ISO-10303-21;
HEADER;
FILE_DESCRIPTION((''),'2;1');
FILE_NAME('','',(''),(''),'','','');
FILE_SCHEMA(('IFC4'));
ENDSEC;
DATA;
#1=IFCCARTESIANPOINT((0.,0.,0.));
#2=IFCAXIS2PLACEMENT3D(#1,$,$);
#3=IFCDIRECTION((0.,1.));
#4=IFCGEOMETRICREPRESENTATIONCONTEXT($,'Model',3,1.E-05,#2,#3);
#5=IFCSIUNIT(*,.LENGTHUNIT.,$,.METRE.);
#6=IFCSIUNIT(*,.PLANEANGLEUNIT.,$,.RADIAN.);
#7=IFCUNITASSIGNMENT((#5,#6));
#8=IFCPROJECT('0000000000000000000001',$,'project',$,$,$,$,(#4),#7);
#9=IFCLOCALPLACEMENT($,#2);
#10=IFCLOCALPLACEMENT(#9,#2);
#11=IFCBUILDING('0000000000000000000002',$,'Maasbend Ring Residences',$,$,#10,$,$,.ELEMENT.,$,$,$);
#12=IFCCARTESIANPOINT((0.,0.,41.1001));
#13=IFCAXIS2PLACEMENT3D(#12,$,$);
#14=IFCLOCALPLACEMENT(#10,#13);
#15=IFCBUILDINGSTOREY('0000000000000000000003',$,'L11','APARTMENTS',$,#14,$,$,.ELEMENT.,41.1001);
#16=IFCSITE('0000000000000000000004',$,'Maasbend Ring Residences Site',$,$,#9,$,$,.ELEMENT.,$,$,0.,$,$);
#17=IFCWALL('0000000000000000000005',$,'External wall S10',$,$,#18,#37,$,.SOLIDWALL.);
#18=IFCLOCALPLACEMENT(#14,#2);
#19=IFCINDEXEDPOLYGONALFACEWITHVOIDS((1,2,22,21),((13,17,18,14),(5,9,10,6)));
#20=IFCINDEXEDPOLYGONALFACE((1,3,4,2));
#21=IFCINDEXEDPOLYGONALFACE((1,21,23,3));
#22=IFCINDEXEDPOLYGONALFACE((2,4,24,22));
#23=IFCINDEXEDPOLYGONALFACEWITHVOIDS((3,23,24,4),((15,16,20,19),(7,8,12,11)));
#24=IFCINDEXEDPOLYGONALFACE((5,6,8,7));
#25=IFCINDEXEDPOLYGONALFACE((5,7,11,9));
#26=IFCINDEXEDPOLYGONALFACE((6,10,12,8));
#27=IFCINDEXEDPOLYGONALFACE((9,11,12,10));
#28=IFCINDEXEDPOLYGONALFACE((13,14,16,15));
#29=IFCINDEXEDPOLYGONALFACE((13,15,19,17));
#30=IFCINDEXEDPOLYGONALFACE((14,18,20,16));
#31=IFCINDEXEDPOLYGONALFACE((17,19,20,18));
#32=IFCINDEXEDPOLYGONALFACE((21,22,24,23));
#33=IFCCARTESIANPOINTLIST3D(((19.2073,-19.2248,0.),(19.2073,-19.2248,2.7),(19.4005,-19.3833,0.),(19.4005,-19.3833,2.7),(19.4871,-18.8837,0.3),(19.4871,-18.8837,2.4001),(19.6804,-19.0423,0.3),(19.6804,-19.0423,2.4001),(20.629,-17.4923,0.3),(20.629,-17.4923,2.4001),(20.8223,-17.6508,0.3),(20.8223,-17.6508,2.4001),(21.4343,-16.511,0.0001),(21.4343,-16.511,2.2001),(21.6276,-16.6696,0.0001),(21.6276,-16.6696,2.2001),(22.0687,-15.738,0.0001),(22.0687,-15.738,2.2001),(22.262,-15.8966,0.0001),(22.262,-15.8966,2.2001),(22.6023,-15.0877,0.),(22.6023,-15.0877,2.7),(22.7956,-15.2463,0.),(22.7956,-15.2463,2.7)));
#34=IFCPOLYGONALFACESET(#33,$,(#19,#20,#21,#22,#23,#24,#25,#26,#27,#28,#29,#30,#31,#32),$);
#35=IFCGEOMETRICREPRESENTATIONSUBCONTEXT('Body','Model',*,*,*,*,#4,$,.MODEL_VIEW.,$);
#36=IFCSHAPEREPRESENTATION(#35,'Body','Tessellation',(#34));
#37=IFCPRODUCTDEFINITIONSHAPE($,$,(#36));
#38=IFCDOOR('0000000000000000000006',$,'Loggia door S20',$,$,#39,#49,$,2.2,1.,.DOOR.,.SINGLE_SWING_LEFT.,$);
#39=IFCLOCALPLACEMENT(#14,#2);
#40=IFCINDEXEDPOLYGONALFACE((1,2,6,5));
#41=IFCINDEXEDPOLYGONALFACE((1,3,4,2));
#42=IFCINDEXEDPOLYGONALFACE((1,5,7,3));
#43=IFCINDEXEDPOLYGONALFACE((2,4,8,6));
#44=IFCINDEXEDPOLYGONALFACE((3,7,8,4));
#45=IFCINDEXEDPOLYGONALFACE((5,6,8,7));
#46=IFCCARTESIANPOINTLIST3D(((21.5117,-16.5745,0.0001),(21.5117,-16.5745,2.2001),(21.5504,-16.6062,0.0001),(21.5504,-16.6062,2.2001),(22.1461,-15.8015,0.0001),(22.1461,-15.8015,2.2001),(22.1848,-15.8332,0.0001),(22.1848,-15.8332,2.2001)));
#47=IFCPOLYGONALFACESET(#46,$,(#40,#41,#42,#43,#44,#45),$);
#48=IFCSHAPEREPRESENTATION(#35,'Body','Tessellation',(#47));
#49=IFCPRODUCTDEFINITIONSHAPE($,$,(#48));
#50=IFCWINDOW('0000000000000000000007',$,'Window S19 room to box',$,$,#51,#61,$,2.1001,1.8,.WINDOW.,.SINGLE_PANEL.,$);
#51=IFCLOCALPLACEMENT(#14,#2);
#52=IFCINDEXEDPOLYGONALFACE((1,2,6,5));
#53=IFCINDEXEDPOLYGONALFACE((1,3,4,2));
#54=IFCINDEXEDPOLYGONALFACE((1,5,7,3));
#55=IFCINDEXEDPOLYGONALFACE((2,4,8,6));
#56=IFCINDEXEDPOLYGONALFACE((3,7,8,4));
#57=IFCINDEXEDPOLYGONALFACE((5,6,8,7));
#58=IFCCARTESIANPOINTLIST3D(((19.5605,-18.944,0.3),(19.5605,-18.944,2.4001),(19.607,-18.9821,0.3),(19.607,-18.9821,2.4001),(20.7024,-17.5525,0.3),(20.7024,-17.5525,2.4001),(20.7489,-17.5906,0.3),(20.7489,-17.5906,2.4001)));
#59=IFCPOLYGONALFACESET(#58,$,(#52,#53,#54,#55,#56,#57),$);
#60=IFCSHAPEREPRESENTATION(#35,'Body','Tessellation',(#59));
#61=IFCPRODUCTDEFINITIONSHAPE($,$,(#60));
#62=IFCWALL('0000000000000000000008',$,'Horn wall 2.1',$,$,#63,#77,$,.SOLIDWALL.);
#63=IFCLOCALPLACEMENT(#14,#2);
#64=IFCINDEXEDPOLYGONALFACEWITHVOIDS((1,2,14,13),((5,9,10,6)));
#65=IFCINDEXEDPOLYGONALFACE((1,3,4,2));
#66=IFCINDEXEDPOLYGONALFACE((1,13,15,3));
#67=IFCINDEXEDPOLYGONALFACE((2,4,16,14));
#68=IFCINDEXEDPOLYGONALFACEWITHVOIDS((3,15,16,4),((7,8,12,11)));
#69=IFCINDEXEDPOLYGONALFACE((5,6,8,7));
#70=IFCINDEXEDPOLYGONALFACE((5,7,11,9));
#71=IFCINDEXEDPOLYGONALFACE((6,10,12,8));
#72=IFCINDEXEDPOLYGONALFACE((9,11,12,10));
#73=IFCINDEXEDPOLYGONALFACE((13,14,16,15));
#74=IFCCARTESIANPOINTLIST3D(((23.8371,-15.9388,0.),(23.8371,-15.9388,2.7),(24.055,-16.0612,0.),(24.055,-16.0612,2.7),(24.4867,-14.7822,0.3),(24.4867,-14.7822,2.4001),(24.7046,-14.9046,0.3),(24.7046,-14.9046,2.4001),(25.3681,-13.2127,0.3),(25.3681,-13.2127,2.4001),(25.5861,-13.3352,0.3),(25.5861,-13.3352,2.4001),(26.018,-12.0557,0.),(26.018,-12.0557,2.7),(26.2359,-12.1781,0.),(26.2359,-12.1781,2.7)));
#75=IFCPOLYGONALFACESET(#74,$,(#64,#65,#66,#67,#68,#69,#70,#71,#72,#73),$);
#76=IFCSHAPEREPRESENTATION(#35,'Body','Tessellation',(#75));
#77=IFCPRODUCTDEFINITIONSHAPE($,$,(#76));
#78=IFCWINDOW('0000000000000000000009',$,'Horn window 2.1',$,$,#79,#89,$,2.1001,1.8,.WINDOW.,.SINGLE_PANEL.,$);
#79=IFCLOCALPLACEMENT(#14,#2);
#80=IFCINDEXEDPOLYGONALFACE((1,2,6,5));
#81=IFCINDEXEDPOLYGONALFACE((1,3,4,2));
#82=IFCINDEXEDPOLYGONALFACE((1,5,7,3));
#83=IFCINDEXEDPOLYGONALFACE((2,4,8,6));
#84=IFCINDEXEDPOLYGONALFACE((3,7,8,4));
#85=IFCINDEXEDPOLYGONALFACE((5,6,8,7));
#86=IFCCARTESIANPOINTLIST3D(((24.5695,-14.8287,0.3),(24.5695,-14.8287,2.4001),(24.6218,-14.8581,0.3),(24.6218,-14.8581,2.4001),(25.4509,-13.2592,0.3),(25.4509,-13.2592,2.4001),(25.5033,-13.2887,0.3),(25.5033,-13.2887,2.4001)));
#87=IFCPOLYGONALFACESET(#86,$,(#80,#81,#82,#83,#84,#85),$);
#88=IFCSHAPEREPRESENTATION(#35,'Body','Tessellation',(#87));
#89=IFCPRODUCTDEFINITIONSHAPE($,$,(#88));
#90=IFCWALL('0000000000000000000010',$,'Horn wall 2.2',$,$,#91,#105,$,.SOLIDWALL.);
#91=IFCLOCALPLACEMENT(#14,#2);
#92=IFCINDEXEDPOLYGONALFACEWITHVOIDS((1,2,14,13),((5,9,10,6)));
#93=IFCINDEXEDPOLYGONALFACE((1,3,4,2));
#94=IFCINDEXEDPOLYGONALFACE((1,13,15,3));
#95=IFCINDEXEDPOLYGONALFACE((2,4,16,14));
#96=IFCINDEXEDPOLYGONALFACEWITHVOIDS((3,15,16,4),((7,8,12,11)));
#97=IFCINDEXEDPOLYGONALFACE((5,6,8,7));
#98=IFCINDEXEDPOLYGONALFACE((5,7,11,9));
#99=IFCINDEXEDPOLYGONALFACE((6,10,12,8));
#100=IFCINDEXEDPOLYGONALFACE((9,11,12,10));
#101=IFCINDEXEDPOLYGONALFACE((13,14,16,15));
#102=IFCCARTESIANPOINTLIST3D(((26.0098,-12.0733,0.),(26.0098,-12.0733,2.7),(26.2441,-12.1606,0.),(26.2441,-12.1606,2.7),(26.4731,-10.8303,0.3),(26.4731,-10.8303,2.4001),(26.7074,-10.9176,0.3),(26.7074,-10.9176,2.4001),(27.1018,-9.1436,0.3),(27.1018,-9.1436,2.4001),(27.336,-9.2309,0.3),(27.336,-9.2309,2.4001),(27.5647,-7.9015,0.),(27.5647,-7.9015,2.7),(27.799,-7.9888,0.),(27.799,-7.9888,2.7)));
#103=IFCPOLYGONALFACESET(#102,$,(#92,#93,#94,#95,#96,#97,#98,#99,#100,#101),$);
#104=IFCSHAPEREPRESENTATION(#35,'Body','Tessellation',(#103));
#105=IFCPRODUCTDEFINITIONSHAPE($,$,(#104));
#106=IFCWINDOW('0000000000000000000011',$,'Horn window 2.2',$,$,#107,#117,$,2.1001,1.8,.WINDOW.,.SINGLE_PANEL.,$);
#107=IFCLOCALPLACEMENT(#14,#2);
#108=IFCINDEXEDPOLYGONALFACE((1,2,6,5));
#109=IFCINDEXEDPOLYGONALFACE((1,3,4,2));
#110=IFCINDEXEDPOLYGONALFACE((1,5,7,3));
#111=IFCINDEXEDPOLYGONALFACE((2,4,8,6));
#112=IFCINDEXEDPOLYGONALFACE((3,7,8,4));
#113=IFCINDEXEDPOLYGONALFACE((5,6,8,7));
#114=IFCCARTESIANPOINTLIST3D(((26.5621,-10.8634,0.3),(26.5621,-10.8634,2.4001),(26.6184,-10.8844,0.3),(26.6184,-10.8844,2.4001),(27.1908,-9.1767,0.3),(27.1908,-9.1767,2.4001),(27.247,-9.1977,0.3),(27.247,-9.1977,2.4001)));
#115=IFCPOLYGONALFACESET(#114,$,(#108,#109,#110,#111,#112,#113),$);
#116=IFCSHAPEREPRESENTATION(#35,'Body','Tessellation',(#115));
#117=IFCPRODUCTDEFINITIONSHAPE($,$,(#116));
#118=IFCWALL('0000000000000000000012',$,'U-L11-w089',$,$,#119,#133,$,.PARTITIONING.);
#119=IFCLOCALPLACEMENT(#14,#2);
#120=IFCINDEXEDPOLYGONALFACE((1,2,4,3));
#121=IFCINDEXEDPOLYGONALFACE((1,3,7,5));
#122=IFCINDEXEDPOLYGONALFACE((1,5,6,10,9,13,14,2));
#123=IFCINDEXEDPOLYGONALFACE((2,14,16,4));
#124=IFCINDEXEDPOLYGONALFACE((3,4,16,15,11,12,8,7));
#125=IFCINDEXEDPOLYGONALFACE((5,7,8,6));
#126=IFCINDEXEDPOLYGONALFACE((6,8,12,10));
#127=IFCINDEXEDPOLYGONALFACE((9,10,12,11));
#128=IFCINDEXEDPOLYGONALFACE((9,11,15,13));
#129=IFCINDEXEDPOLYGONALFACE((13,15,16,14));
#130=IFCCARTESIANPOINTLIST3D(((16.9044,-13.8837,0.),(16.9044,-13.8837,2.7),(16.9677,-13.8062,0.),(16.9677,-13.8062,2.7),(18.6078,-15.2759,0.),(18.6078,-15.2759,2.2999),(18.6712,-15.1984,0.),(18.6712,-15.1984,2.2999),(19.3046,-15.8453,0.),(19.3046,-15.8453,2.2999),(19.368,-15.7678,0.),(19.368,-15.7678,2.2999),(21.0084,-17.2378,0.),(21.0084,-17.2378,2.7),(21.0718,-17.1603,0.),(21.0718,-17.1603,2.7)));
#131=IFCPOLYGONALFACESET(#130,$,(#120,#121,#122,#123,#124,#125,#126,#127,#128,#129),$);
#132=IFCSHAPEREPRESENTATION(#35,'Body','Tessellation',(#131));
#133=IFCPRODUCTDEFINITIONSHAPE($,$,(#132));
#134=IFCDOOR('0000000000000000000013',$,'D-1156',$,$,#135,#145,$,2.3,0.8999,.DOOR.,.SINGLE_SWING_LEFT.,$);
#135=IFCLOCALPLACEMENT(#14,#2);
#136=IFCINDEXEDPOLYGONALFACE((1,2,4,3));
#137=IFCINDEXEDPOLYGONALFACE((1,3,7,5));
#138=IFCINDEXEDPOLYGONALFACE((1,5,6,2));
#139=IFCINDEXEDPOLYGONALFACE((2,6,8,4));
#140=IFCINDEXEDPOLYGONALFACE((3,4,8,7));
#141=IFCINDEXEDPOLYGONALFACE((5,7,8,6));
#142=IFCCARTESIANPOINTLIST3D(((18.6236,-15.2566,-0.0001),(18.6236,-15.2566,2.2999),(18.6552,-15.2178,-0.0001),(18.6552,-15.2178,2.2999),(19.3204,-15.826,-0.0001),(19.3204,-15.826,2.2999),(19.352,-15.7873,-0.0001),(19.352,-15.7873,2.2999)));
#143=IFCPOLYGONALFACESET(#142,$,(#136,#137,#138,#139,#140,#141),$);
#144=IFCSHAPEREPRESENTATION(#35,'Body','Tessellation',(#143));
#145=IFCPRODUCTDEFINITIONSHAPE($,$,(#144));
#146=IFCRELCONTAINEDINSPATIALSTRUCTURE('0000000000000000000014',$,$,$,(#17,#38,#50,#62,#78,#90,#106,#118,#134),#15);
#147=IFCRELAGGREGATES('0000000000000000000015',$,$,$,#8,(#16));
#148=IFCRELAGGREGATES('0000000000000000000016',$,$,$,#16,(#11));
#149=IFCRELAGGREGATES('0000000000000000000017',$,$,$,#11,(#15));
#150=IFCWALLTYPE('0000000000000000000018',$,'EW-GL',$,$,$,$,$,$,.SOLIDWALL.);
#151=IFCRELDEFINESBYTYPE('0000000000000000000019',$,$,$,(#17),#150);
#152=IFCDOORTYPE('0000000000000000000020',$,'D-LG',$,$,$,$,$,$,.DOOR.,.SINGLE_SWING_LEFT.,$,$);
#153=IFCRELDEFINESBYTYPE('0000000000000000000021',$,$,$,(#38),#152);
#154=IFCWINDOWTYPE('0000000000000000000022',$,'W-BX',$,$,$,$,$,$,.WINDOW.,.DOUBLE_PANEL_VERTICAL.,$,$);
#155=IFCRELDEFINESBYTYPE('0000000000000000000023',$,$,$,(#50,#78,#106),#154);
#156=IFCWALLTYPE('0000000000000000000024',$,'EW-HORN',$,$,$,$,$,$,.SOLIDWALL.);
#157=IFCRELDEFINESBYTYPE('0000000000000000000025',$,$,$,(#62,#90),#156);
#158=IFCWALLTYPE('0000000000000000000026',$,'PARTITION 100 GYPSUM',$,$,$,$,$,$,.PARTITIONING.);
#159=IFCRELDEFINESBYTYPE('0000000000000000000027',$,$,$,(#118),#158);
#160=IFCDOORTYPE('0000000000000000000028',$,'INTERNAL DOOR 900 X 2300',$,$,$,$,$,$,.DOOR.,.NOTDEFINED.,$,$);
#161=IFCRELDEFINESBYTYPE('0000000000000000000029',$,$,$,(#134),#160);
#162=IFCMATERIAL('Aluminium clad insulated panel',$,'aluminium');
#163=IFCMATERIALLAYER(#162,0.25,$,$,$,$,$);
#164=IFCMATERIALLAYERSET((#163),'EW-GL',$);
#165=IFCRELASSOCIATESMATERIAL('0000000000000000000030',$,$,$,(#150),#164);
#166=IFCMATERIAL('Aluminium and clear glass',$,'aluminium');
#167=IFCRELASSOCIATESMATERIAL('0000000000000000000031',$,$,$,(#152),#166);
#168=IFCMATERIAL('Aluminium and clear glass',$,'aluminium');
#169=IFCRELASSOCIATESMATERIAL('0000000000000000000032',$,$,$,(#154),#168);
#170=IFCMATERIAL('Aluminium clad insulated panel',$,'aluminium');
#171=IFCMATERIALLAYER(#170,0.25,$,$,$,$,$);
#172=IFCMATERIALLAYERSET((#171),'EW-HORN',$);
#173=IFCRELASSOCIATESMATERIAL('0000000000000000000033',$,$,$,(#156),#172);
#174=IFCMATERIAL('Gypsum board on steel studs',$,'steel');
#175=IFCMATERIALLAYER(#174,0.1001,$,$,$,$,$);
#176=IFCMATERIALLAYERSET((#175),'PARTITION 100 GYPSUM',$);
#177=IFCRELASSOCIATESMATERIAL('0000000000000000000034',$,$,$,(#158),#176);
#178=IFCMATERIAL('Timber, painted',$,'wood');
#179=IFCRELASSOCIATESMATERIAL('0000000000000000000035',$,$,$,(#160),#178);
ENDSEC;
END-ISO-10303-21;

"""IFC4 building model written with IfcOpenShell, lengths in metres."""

from ifc_helpers import new_model, si_unit, direction, frame, frame_2d, origin, place, context, subcontext, project, spatial, rectangle, extrude, material, layer, layer_set, type_object, element, fill, save


model = new_model("IFC4")

# Units and contexts
model_context = context("Model", 3, precision=1e-05, world=origin(), true_north=direction((0.0, 1.0)))
body_context = subcontext(model_context, "Body", "Model", "MODEL_VIEW")
ifc_project = project(units=[si_unit("LENGTHUNIT", "METRE"), si_unit("PLANEANGLEUNIT", "RADIAN")], contexts=[model_context])

# Site, building, storey
site_placement = place(None, origin())
site = spatial("IfcSite", under=ifc_project, at=site_placement, Name="Maasbend Ring Residences Site", CompositionType="ELEMENT", RefElevation=0.0)
building_placement = place(site_placement, origin())
building = spatial("IfcBuilding", under=site, at=building_placement, Name="Maasbend Ring Residences", CompositionType="ELEMENT")
storey_placement = place(building_placement, frame((0.0, 0.0, 41.1001)))
storey = spatial("IfcBuildingStorey", under=building, at=storey_placement, Name="L11", Description="APARTMENTS", CompositionType="ELEMENT", Elevation=41.1001)

# Wall, openings, door, window
ifc_material_1 = material(Name="Aluminium clad insulated panel", Category="aluminium")
ifc_layer_1 = layer(ifc_material_1, 0.25)
ifc_layer_set_1 = layer_set([ifc_layer_1], Name="EW-GL")
wall_type_1 = type_object("IfcWallType", Name="EW-GL", PredefinedType="SOLIDWALL", material=ifc_layer_set_1)
wall_1_placement = place(storey_placement, frame((19.304, -19.304, 0.0), z_axis=(0.0, 0.0, 1.0), x_axis=(0.634382, 0.773019, 0.0)))
wall_1 = element("IfcWall", 1, at=wall_1_placement, inside=storey, type_object=wall_type_1, Name="External wall S10", PredefinedType="SOLIDWALL", context=body_context, shape_type="SweptSolid", body=[
    extrude(rectangle(XDim=5.3518, YDim=0.25, at=frame_2d((2.6758, 0.0))), origin(), (0.0, 0.0, 1.0), 2.7),
])
opening_1_placement = place(wall_1_placement, frame((0.4412, 0.0, 0.3)))
opening_1 = element("IfcOpeningElement", 2, at=opening_1_placement, cuts=wall_1, PredefinedType="OPENING", context=body_context, shape_type="SweptSolid", body=[
    extrude(rectangle(XDim=1.8, YDim=2.1001, at=frame_2d((0.8999, 1.05))), frame((0.0, 0.135, 0.0), z_axis=(0.0, -1.0, 0.0), x_axis=(1.0, 0.0, 0.0)), (0.0, 0.0, 1.0), 0.27),
])
opening_2_placement = place(wall_1_placement, frame((3.5105, 0.0, 0.0)))
opening_2 = element("IfcOpeningElement", 3, at=opening_2_placement, cuts=wall_1, PredefinedType="OPENING", context=body_context, shape_type="SweptSolid", body=[
    extrude(rectangle(XDim=1.0, YDim=2.2, at=frame_2d((0.5, 1.1001))), frame((0.0, 0.135, 0.0), z_axis=(0.0, -1.0, 0.0), x_axis=(1.0, 0.0, 0.0)), (0.0, 0.0, 1.0), 0.27),
])
ifc_material_2 = material(Name="Aluminium and clear glass", Category="aluminium")
door_type_1 = type_object("IfcDoorType", Name="D-LG", OperationType="SINGLE_SWING_LEFT", PredefinedType="DOOR", material=ifc_material_2)
door_1_placement = place(opening_2_placement, origin())
door_1 = element("IfcDoor", 4, at=door_1_placement, inside=storey, type_object=door_type_1, Name="Loggia door S20", OperationType="SINGLE_SWING_LEFT", OverallHeight=2.2, OverallWidth=1.0, PredefinedType="DOOR", context=body_context, shape_type="SweptSolid", body=[
    extrude(rectangle(XDim=1.0, YDim=2.2, at=frame_2d((0.5, 1.1001))), frame((0.0, 0.0249, 0.0), z_axis=(0.0, -1.0, 0.0), x_axis=(1.0, 0.0, 0.0)), (0.0, 0.0, 1.0), 0.05),
])
fill(opening_2, door_1)
ifc_material_3 = material(Name="Aluminium and clear glass", Category="aluminium")
window_type_1 = type_object("IfcWindowType", Name="W-BX", PartitioningType="DOUBLE_PANEL_VERTICAL", PredefinedType="WINDOW", material=ifc_material_3)
window_1_placement = place(opening_1_placement, origin())
window_1 = element("IfcWindow", 5, at=window_1_placement, inside=storey, type_object=window_type_1, Name="Window S19 room to box", OverallHeight=2.1001, OverallWidth=1.8, PartitioningType="SINGLE_PANEL", PredefinedType="WINDOW", context=body_context, shape_type="SweptSolid", body=[
    extrude(rectangle(XDim=1.8, YDim=2.1001, at=frame_2d((0.8999, 1.05))), frame((0.0, 0.03, 0.0), z_axis=(0.0, -1.0, 0.0), x_axis=(1.0, 0.0, 0.0)), (0.0, 0.0, 1.0), 0.0601),
])
fill(opening_1, window_1)

# Walls, openings, windows
ifc_material_4 = material(Name="Aluminium clad insulated panel", Category="aluminium")
ifc_layer_2 = layer(ifc_material_4, 0.25)
ifc_layer_set_2 = layer_set([ifc_layer_2], Name="EW-HORN")
wall_type_2 = type_object("IfcWallType", Name="EW-HORN", PredefinedType="SOLIDWALL", material=ifc_layer_set_2)
wall_2_placement = place(storey_placement, frame((23.946, -16.0, 0.0), z_axis=(0.0, 0.0, 1.0), x_axis=(0.489696, 0.871893, 0.0)))
wall_2 = element("IfcWall", 6, at=wall_2_placement, inside=storey, type_object=wall_type_2, Name="Horn wall 2.1", PredefinedType="SOLIDWALL", context=body_context, shape_type="SweptSolid", body=[
    extrude(rectangle(XDim=4.4536, YDim=0.25, at=frame_2d((2.2268, 0.0))), origin(), (0.0, 0.0, 1.0), 2.7),
])
opening_3_placement = place(wall_2_placement, frame((1.3267, 0.0, 0.3)))
opening_3 = element("IfcOpeningElement", 7, at=opening_3_placement, cuts=wall_2, PredefinedType="OPENING", context=body_context, shape_type="SweptSolid", body=[
    extrude(rectangle(XDim=1.8, YDim=2.1001, at=frame_2d((0.8999, 1.05))), frame((0.0, 0.135, 0.0), z_axis=(0.0, -1.0, 0.0), x_axis=(1.0, 0.0, 0.0)), (0.0, 0.0, 1.0), 0.27),
])
window_2_placement = place(opening_3_placement, origin())
window_2 = element("IfcWindow", 8, at=window_2_placement, inside=storey, type_object=window_type_1, Name="Horn window 2.1", OverallHeight=2.1001, OverallWidth=1.8, PartitioningType="SINGLE_PANEL", PredefinedType="WINDOW", context=body_context, shape_type="SweptSolid", body=[
    extrude(rectangle(XDim=1.8, YDim=2.1001, at=frame_2d((0.8999, 1.05))), frame((0.0, 0.03, 0.0), z_axis=(0.0, -1.0, 0.0), x_axis=(1.0, 0.0, 0.0)), (0.0, 0.0, 1.0), 0.0601),
])
fill(opening_3, window_2)
wall_3_placement = place(storey_placement, frame((26.127, -12.1169, 0.0), z_axis=(0.0, 0.0, 1.0), x_axis=(0.349248, 0.93703, 0.0)))
wall_3 = element("IfcWall", 9, at=wall_3_placement, inside=storey, type_object=wall_type_2, Name="Horn wall 2.2", PredefinedType="SOLIDWALL", context=body_context, shape_type="SweptSolid", body=[
    extrude(rectangle(XDim=4.4521, YDim=0.25, at=frame_2d((2.2261, 0.0))), origin(), (0.0, 0.0, 1.0), 2.7),
])
opening_4_placement = place(wall_3_placement, frame((1.3267, 0.0, 0.3)))
opening_4 = element("IfcOpeningElement", 10, at=opening_4_placement, cuts=wall_3, PredefinedType="OPENING", context=body_context, shape_type="SweptSolid", body=[
    extrude(rectangle(XDim=1.8, YDim=2.1001, at=frame_2d((0.8999, 1.05))), frame((0.0, 0.135, 0.0), z_axis=(0.0, -1.0, 0.0), x_axis=(1.0, 0.0, 0.0)), (0.0, 0.0, 1.0), 0.27),
])
window_3_placement = place(opening_4_placement, origin())
window_3 = element("IfcWindow", 11, at=window_3_placement, inside=storey, type_object=window_type_1, Name="Horn window 2.2", OverallHeight=2.1001, OverallWidth=1.8, PartitioningType="SINGLE_PANEL", PredefinedType="WINDOW", context=body_context, shape_type="SweptSolid", body=[
    extrude(rectangle(XDim=1.8, YDim=2.1001, at=frame_2d((0.8999, 1.05))), frame((0.0, 0.03, 0.0), z_axis=(0.0, -1.0, 0.0), x_axis=(1.0, 0.0, 0.0)), (0.0, 0.0, 1.0), 0.0601),
])
fill(opening_4, window_3)

# Wall, opening, door
ifc_material_5 = material(Name="Gypsum board on steel studs", Category="steel")
ifc_layer_3 = layer(ifc_material_5, 0.1001)
ifc_layer_set_3 = layer_set([ifc_layer_3], Name="PARTITION 100 GYPSUM")
wall_type_3 = type_object("IfcWallType", Name="PARTITION 100 GYPSUM", PredefinedType="PARTITIONING", material=ifc_layer_set_3)
wall_4_placement = place(storey_placement, frame((16.936, -13.845, 0.0), z_axis=(0.0, 0.0, 1.0), x_axis=(0.77431, -0.632806, 0.0)))
wall_4 = element("IfcWall", 12, at=wall_4_placement, inside=storey, type_object=wall_type_3, Name="U-L11-w089", PredefinedType="PARTITIONING", context=body_context, shape_type="SweptSolid", body=[
    extrude(rectangle(XDim=5.3003, YDim=0.1001, at=frame_2d((2.6501, 0.0))), origin(), (0.0, 0.0, 1.0), 2.7),
])
opening_5_placement = place(wall_4_placement, frame((2.2, 0.0, 0.0)))
opening_5 = element("IfcOpeningElement", 13, at=opening_5_placement, cuts=wall_4, PredefinedType="OPENING", context=body_context, shape_type="SweptSolid", body=[
    extrude(rectangle(XDim=0.8999, YDim=2.3, at=frame_2d((0.45, 1.1499))), frame((0.0, 0.0601, 0.0), z_axis=(0.0, -1.0, 0.0), x_axis=(1.0, 0.0, 0.0)), (0.0, 0.0, 1.0), 0.1201),
])
ifc_material_6 = material(Name="Timber, painted", Category="wood")
door_type_2 = type_object("IfcDoorType", Name="INTERNAL DOOR 900 X 2300", OperationType="NOTDEFINED", PredefinedType="DOOR", material=ifc_material_6)
door_2_placement = place(opening_5_placement, origin())
door_2 = element("IfcDoor", 14, at=door_2_placement, inside=storey, type_object=door_type_2, Name="D-1156", OperationType="SINGLE_SWING_LEFT", OverallHeight=2.3, OverallWidth=0.8999, PredefinedType="DOOR", context=body_context, shape_type="SweptSolid", body=[
    extrude(rectangle(XDim=0.8999, YDim=2.3, at=frame_2d((0.45, 1.1499))), frame((0.0, 0.0249, 0.0), z_axis=(0.0, -1.0, 0.0), x_axis=(1.0, 0.0, 0.0)), (0.0, 0.0, 1.0), 0.05),
])
fill(opening_5, door_2)

save(model, "model.ifc")
